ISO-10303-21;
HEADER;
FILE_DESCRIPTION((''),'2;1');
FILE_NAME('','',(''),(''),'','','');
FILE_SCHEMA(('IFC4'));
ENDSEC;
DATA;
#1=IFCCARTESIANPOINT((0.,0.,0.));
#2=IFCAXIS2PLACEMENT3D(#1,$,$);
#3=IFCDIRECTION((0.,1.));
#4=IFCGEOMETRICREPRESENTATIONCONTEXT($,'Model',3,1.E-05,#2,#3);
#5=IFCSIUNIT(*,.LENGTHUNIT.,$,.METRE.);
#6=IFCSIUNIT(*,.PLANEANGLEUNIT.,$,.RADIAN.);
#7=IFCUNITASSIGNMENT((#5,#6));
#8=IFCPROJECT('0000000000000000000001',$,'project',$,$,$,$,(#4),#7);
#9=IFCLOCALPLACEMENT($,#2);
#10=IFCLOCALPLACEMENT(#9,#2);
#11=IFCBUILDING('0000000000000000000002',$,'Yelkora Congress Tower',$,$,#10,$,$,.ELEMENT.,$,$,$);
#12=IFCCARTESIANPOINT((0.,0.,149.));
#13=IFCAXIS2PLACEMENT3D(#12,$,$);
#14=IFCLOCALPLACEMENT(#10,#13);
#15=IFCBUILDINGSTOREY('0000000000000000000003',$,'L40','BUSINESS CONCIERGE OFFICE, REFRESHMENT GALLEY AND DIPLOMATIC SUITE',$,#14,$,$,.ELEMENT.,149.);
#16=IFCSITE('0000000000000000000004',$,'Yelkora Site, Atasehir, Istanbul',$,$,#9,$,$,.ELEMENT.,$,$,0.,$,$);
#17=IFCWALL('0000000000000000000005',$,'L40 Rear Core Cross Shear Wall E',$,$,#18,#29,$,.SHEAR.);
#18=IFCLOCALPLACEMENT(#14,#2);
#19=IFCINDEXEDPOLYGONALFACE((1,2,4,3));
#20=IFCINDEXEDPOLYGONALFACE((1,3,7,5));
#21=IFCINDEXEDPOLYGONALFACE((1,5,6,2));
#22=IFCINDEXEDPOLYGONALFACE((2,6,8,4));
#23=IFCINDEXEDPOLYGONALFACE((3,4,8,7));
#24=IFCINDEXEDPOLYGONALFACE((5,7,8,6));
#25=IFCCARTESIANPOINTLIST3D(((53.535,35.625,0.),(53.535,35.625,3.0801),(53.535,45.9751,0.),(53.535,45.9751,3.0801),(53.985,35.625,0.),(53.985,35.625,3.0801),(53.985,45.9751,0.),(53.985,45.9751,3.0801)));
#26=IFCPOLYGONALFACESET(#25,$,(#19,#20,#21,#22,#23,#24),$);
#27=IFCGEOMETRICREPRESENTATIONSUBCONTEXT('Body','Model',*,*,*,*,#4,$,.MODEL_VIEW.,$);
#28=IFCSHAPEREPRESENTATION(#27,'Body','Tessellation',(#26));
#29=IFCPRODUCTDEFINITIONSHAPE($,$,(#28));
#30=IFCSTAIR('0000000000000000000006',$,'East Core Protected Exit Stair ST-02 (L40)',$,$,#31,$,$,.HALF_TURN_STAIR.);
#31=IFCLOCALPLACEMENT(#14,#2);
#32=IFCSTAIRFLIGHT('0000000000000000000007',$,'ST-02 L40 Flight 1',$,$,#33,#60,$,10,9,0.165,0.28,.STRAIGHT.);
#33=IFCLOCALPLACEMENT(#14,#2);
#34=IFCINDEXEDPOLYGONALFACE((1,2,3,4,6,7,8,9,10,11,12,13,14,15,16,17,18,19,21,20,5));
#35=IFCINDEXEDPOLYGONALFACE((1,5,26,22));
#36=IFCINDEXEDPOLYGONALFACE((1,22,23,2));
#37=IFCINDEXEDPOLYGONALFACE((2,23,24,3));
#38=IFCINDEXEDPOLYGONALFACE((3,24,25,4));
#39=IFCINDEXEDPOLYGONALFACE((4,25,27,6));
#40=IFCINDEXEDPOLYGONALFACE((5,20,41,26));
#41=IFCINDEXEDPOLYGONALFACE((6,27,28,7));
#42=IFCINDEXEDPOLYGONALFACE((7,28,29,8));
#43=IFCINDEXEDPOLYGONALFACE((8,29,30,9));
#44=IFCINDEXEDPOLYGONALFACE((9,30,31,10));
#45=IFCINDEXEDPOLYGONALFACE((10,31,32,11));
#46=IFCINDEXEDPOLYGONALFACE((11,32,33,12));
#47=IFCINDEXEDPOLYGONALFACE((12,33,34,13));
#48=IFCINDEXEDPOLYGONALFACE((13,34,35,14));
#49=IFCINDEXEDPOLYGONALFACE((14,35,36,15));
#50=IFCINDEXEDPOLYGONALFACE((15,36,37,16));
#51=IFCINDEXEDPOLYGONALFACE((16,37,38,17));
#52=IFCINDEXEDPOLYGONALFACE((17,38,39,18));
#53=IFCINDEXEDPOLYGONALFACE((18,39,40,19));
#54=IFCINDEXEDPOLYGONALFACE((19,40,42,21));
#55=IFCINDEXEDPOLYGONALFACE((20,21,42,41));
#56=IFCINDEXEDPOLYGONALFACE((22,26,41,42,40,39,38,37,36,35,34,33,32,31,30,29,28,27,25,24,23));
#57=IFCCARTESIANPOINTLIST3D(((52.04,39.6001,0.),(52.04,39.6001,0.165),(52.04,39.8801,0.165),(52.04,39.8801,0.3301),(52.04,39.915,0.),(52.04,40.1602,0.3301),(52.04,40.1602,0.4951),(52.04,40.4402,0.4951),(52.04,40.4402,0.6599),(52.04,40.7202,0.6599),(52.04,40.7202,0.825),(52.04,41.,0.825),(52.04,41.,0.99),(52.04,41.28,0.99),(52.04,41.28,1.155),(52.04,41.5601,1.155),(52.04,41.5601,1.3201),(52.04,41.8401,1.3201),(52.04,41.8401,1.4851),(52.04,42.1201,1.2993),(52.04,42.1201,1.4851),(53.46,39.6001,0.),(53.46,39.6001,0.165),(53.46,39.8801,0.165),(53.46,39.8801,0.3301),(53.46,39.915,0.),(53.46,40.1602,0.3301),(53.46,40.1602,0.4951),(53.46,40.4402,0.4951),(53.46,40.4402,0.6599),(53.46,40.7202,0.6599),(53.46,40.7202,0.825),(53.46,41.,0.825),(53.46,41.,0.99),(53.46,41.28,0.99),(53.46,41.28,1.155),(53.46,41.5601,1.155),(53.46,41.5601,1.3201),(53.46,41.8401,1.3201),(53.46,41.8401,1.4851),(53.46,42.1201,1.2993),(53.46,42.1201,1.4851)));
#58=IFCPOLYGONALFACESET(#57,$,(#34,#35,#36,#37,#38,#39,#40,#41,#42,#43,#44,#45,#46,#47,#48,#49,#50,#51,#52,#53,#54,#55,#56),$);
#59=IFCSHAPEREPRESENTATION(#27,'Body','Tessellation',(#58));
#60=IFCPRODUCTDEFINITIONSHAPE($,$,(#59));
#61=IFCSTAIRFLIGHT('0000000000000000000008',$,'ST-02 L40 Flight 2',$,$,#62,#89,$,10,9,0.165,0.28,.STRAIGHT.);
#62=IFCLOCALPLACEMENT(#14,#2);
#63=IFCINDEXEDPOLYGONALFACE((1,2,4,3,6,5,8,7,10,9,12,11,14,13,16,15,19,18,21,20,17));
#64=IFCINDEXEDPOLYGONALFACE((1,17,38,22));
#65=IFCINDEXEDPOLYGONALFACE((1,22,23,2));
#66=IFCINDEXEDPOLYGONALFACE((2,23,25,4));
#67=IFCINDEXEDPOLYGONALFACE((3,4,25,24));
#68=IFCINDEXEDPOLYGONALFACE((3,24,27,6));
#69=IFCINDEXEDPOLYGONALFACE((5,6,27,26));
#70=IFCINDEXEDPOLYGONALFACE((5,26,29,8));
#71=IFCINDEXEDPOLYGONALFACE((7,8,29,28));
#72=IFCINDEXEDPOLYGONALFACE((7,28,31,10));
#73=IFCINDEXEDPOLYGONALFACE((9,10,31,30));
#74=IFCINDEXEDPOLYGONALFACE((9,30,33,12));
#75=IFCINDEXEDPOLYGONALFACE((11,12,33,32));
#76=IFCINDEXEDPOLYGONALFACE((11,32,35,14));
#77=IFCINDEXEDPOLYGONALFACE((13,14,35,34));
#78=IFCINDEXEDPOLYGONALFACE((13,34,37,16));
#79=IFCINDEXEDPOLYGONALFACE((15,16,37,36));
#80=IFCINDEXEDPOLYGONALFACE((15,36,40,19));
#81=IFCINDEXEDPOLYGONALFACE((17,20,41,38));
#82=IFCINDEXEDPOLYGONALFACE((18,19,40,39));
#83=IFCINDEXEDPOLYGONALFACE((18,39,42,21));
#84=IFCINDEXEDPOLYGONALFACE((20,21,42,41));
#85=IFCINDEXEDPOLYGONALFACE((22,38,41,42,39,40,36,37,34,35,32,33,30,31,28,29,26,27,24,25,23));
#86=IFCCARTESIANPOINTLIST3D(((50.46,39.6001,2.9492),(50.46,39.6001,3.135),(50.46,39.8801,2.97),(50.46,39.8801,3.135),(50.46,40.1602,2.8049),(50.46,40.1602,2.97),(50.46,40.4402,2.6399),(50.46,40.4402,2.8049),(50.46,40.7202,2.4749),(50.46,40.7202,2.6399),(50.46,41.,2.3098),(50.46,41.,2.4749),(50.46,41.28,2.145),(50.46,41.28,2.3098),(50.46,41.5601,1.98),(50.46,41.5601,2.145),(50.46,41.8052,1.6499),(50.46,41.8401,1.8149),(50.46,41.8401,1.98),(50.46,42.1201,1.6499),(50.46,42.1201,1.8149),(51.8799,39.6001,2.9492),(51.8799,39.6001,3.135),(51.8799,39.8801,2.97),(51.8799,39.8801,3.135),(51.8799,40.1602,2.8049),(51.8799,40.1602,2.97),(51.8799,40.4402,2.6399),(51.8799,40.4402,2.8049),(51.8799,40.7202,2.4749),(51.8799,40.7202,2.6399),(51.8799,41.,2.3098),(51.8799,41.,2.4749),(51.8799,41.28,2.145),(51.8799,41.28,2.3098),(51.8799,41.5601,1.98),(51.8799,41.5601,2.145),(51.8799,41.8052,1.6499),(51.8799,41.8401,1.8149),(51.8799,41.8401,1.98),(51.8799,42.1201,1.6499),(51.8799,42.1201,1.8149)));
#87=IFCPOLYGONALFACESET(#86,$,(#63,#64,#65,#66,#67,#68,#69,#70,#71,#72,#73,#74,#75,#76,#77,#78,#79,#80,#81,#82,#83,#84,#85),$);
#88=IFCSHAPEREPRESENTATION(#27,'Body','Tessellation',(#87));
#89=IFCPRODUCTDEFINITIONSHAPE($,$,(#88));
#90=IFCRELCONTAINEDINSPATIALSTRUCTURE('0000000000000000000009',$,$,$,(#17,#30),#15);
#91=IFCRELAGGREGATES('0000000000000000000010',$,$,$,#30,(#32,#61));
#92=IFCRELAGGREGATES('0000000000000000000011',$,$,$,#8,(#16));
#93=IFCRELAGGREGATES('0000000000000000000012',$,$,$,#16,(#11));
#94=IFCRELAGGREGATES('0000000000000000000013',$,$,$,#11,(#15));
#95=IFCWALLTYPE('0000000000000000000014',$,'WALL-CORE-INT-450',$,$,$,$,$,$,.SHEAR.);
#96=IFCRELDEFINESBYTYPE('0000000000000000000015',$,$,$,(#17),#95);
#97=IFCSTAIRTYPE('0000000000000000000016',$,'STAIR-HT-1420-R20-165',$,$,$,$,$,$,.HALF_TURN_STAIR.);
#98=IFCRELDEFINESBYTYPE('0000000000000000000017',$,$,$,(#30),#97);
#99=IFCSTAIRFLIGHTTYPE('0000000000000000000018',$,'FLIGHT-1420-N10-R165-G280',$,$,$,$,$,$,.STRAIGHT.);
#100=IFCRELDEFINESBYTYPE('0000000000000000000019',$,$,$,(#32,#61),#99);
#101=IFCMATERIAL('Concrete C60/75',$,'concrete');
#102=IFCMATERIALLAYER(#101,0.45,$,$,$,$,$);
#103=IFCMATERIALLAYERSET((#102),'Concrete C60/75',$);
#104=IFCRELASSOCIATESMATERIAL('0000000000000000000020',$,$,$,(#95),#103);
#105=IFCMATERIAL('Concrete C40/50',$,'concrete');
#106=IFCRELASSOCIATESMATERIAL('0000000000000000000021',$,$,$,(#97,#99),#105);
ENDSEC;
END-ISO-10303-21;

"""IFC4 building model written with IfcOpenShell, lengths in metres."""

from ifc_helpers import new_model, si_unit, direction, frame, frame_2d, origin, place, context, subcontext, project, spatial, polyline, rectangle, outline, extrude, material, layer, layer_set, type_object, element, aggregate, save


model = new_model("IFC4")

# Units and contexts
model_context = context("Model", 3, precision=1e-05, world=origin(), true_north=direction((0.0, 1.0)))
body_context = subcontext(model_context, "Body", "Model", "MODEL_VIEW")
ifc_project = project(units=[si_unit("LENGTHUNIT", "METRE"), si_unit("PLANEANGLEUNIT", "RADIAN")], contexts=[model_context])

# Site, building, storey
site_placement = place(None, origin())
site = spatial("IfcSite", under=ifc_project, at=site_placement, Name="Yelkora Site, Atasehir, Istanbul", CompositionType="ELEMENT", RefElevation=0.0)
building_placement = place(site_placement, origin())
building = spatial("IfcBuilding", under=site, at=building_placement, Name="Yelkora Congress Tower", CompositionType="ELEMENT")
storey_placement = place(building_placement, frame((0.0, 0.0, 149.0)))
storey = spatial("IfcBuildingStorey", under=building, at=storey_placement, Name="L40", Description="BUSINESS CONCIERGE OFFICE, REFRESHMENT GALLEY AND DIPLOMATIC SUITE", CompositionType="ELEMENT", Elevation=149.0)

# Wall
ifc_material_1 = material(Name="Concrete C60/75", Category="concrete")
ifc_layer_1 = layer(ifc_material_1, 0.45)
ifc_layer_set_1 = layer_set([ifc_layer_1], Name="Concrete C60/75")
wall_type = type_object("IfcWallType", Name="WALL-CORE-INT-450", PredefinedType="SHEAR", material=ifc_layer_set_1)
wall_1_placement = place(storey_placement, frame((53.76, 35.625, 0.0), z_axis=(0.0, 0.0, 1.0), x_axis=(0.0, 1.0, 0.0)))
element("IfcWall", 1, at=wall_1_placement, inside=storey, type_object=wall_type, Name="L40 Rear Core Cross Shear Wall E", PredefinedType="SHEAR", context=body_context, shape_type="SweptSolid", body=[
    extrude(rectangle(XDim=10.3501, YDim=0.45, at=frame_2d((5.175, 0.0))), origin(), (0.0, 0.0, 1.0), 3.0801),
])

# Stair, stair flights
ifc_material_2 = material(Name="Concrete C40/50", Category="concrete")
stair_type = type_object("IfcStairType", Name="STAIR-HT-1420-R20-165", PredefinedType="HALF_TURN_STAIR", material=ifc_material_2)
stair_placement = place(storey_placement, origin())
stair = element("IfcStair", 2, at=stair_placement, inside=storey, type_object=stair_type, Name="East Core Protected Exit Stair ST-02 (L40)", PredefinedType="HALF_TURN_STAIR")
stair_flight_type = type_object("IfcStairFlightType", Name="FLIGHT-1420-N10-R165-G280", PredefinedType="STRAIGHT", material=ifc_material_2)
stair_flight_1_placement = place(storey_placement, frame((52.75, 39.6001, 0.0), z_axis=(0.0, 0.0, 1.0), x_axis=(0.0, 1.0, 0.0)))
stair_flight_1 = element("IfcStairFlight", 3, at=stair_flight_1_placement, type_object=stair_flight_type, Name="ST-02 L40 Flight 1", NumberOfRisers=10, NumberOfTreads=9, PredefinedType="STRAIGHT", RiserHeight=0.165, TreadLength=0.28, context=body_context, shape_type="SweptSolid", body=[
    extrude(outline(polyline([(0.0, 0.0), (0.0, 0.165), (0.28, 0.165), (0.28, 0.3301), (0.5601, 0.3301), (0.5601, 0.4951), (0.8401, 0.4951), (0.8401, 0.6599), (1.1201, 0.6599), (1.1201, 0.825), (1.3999, 0.825), (1.3999, 0.99), (1.6799, 0.99), (1.6799, 1.155), (1.96, 1.155), (1.96, 1.3201), (2.24, 1.3201), (2.24, 1.4851), (2.52, 1.4851), (2.52, 1.6499), (2.52, 1.2993), (0.3149, 0.0), (0.0, 0.0)])), frame((0.0, 0.71, 0.0), z_axis=(0.0, -1.0, 0.0), x_axis=(1.0, 0.0, 0.0)), (0.0, 0.0, 1.0), 1.4199),
])
stair_flight_2_placement = place(storey_placement, frame((51.1699, 42.1201, 1.6499), z_axis=(0.0, 0.0, 1.0), x_axis=(0.0, -1.0, 0.0)))
stair_flight_2 = element("IfcStairFlight", 4, at=stair_flight_2_placement, type_object=stair_flight_type, Name="ST-02 L40 Flight 2", NumberOfRisers=10, NumberOfTreads=9, PredefinedType="STRAIGHT", RiserHeight=0.165, TreadLength=0.28, context=body_context, shape_type="SweptSolid", body=[
    extrude(outline(polyline([(0.0, 0.0), (0.0, 0.165), (0.28, 0.165), (0.28, 0.3301), (0.5601, 0.3301), (0.5601, 0.4951), (0.8401, 0.4951), (0.8401, 0.6599), (1.1201, 0.6599), (1.1201, 0.825), (1.3999, 0.825), (1.3999, 0.99), (1.6799, 0.99), (1.6799, 1.155), (1.96, 1.155), (1.96, 1.3201), (2.24, 1.3201), (2.24, 1.4851), (2.52, 1.4851), (2.52, 1.6499), (2.52, 1.2993), (0.3149, 0.0), (0.0, 0.0)])), frame((0.0, 0.71, 0.0), z_axis=(0.0, -1.0, 0.0), x_axis=(1.0, 0.0, 0.0)), (0.0, 0.0, 1.0), 1.4199),
])
aggregate(stair, [stair_flight_1, stair_flight_2])

save(model, "model.ifc")
